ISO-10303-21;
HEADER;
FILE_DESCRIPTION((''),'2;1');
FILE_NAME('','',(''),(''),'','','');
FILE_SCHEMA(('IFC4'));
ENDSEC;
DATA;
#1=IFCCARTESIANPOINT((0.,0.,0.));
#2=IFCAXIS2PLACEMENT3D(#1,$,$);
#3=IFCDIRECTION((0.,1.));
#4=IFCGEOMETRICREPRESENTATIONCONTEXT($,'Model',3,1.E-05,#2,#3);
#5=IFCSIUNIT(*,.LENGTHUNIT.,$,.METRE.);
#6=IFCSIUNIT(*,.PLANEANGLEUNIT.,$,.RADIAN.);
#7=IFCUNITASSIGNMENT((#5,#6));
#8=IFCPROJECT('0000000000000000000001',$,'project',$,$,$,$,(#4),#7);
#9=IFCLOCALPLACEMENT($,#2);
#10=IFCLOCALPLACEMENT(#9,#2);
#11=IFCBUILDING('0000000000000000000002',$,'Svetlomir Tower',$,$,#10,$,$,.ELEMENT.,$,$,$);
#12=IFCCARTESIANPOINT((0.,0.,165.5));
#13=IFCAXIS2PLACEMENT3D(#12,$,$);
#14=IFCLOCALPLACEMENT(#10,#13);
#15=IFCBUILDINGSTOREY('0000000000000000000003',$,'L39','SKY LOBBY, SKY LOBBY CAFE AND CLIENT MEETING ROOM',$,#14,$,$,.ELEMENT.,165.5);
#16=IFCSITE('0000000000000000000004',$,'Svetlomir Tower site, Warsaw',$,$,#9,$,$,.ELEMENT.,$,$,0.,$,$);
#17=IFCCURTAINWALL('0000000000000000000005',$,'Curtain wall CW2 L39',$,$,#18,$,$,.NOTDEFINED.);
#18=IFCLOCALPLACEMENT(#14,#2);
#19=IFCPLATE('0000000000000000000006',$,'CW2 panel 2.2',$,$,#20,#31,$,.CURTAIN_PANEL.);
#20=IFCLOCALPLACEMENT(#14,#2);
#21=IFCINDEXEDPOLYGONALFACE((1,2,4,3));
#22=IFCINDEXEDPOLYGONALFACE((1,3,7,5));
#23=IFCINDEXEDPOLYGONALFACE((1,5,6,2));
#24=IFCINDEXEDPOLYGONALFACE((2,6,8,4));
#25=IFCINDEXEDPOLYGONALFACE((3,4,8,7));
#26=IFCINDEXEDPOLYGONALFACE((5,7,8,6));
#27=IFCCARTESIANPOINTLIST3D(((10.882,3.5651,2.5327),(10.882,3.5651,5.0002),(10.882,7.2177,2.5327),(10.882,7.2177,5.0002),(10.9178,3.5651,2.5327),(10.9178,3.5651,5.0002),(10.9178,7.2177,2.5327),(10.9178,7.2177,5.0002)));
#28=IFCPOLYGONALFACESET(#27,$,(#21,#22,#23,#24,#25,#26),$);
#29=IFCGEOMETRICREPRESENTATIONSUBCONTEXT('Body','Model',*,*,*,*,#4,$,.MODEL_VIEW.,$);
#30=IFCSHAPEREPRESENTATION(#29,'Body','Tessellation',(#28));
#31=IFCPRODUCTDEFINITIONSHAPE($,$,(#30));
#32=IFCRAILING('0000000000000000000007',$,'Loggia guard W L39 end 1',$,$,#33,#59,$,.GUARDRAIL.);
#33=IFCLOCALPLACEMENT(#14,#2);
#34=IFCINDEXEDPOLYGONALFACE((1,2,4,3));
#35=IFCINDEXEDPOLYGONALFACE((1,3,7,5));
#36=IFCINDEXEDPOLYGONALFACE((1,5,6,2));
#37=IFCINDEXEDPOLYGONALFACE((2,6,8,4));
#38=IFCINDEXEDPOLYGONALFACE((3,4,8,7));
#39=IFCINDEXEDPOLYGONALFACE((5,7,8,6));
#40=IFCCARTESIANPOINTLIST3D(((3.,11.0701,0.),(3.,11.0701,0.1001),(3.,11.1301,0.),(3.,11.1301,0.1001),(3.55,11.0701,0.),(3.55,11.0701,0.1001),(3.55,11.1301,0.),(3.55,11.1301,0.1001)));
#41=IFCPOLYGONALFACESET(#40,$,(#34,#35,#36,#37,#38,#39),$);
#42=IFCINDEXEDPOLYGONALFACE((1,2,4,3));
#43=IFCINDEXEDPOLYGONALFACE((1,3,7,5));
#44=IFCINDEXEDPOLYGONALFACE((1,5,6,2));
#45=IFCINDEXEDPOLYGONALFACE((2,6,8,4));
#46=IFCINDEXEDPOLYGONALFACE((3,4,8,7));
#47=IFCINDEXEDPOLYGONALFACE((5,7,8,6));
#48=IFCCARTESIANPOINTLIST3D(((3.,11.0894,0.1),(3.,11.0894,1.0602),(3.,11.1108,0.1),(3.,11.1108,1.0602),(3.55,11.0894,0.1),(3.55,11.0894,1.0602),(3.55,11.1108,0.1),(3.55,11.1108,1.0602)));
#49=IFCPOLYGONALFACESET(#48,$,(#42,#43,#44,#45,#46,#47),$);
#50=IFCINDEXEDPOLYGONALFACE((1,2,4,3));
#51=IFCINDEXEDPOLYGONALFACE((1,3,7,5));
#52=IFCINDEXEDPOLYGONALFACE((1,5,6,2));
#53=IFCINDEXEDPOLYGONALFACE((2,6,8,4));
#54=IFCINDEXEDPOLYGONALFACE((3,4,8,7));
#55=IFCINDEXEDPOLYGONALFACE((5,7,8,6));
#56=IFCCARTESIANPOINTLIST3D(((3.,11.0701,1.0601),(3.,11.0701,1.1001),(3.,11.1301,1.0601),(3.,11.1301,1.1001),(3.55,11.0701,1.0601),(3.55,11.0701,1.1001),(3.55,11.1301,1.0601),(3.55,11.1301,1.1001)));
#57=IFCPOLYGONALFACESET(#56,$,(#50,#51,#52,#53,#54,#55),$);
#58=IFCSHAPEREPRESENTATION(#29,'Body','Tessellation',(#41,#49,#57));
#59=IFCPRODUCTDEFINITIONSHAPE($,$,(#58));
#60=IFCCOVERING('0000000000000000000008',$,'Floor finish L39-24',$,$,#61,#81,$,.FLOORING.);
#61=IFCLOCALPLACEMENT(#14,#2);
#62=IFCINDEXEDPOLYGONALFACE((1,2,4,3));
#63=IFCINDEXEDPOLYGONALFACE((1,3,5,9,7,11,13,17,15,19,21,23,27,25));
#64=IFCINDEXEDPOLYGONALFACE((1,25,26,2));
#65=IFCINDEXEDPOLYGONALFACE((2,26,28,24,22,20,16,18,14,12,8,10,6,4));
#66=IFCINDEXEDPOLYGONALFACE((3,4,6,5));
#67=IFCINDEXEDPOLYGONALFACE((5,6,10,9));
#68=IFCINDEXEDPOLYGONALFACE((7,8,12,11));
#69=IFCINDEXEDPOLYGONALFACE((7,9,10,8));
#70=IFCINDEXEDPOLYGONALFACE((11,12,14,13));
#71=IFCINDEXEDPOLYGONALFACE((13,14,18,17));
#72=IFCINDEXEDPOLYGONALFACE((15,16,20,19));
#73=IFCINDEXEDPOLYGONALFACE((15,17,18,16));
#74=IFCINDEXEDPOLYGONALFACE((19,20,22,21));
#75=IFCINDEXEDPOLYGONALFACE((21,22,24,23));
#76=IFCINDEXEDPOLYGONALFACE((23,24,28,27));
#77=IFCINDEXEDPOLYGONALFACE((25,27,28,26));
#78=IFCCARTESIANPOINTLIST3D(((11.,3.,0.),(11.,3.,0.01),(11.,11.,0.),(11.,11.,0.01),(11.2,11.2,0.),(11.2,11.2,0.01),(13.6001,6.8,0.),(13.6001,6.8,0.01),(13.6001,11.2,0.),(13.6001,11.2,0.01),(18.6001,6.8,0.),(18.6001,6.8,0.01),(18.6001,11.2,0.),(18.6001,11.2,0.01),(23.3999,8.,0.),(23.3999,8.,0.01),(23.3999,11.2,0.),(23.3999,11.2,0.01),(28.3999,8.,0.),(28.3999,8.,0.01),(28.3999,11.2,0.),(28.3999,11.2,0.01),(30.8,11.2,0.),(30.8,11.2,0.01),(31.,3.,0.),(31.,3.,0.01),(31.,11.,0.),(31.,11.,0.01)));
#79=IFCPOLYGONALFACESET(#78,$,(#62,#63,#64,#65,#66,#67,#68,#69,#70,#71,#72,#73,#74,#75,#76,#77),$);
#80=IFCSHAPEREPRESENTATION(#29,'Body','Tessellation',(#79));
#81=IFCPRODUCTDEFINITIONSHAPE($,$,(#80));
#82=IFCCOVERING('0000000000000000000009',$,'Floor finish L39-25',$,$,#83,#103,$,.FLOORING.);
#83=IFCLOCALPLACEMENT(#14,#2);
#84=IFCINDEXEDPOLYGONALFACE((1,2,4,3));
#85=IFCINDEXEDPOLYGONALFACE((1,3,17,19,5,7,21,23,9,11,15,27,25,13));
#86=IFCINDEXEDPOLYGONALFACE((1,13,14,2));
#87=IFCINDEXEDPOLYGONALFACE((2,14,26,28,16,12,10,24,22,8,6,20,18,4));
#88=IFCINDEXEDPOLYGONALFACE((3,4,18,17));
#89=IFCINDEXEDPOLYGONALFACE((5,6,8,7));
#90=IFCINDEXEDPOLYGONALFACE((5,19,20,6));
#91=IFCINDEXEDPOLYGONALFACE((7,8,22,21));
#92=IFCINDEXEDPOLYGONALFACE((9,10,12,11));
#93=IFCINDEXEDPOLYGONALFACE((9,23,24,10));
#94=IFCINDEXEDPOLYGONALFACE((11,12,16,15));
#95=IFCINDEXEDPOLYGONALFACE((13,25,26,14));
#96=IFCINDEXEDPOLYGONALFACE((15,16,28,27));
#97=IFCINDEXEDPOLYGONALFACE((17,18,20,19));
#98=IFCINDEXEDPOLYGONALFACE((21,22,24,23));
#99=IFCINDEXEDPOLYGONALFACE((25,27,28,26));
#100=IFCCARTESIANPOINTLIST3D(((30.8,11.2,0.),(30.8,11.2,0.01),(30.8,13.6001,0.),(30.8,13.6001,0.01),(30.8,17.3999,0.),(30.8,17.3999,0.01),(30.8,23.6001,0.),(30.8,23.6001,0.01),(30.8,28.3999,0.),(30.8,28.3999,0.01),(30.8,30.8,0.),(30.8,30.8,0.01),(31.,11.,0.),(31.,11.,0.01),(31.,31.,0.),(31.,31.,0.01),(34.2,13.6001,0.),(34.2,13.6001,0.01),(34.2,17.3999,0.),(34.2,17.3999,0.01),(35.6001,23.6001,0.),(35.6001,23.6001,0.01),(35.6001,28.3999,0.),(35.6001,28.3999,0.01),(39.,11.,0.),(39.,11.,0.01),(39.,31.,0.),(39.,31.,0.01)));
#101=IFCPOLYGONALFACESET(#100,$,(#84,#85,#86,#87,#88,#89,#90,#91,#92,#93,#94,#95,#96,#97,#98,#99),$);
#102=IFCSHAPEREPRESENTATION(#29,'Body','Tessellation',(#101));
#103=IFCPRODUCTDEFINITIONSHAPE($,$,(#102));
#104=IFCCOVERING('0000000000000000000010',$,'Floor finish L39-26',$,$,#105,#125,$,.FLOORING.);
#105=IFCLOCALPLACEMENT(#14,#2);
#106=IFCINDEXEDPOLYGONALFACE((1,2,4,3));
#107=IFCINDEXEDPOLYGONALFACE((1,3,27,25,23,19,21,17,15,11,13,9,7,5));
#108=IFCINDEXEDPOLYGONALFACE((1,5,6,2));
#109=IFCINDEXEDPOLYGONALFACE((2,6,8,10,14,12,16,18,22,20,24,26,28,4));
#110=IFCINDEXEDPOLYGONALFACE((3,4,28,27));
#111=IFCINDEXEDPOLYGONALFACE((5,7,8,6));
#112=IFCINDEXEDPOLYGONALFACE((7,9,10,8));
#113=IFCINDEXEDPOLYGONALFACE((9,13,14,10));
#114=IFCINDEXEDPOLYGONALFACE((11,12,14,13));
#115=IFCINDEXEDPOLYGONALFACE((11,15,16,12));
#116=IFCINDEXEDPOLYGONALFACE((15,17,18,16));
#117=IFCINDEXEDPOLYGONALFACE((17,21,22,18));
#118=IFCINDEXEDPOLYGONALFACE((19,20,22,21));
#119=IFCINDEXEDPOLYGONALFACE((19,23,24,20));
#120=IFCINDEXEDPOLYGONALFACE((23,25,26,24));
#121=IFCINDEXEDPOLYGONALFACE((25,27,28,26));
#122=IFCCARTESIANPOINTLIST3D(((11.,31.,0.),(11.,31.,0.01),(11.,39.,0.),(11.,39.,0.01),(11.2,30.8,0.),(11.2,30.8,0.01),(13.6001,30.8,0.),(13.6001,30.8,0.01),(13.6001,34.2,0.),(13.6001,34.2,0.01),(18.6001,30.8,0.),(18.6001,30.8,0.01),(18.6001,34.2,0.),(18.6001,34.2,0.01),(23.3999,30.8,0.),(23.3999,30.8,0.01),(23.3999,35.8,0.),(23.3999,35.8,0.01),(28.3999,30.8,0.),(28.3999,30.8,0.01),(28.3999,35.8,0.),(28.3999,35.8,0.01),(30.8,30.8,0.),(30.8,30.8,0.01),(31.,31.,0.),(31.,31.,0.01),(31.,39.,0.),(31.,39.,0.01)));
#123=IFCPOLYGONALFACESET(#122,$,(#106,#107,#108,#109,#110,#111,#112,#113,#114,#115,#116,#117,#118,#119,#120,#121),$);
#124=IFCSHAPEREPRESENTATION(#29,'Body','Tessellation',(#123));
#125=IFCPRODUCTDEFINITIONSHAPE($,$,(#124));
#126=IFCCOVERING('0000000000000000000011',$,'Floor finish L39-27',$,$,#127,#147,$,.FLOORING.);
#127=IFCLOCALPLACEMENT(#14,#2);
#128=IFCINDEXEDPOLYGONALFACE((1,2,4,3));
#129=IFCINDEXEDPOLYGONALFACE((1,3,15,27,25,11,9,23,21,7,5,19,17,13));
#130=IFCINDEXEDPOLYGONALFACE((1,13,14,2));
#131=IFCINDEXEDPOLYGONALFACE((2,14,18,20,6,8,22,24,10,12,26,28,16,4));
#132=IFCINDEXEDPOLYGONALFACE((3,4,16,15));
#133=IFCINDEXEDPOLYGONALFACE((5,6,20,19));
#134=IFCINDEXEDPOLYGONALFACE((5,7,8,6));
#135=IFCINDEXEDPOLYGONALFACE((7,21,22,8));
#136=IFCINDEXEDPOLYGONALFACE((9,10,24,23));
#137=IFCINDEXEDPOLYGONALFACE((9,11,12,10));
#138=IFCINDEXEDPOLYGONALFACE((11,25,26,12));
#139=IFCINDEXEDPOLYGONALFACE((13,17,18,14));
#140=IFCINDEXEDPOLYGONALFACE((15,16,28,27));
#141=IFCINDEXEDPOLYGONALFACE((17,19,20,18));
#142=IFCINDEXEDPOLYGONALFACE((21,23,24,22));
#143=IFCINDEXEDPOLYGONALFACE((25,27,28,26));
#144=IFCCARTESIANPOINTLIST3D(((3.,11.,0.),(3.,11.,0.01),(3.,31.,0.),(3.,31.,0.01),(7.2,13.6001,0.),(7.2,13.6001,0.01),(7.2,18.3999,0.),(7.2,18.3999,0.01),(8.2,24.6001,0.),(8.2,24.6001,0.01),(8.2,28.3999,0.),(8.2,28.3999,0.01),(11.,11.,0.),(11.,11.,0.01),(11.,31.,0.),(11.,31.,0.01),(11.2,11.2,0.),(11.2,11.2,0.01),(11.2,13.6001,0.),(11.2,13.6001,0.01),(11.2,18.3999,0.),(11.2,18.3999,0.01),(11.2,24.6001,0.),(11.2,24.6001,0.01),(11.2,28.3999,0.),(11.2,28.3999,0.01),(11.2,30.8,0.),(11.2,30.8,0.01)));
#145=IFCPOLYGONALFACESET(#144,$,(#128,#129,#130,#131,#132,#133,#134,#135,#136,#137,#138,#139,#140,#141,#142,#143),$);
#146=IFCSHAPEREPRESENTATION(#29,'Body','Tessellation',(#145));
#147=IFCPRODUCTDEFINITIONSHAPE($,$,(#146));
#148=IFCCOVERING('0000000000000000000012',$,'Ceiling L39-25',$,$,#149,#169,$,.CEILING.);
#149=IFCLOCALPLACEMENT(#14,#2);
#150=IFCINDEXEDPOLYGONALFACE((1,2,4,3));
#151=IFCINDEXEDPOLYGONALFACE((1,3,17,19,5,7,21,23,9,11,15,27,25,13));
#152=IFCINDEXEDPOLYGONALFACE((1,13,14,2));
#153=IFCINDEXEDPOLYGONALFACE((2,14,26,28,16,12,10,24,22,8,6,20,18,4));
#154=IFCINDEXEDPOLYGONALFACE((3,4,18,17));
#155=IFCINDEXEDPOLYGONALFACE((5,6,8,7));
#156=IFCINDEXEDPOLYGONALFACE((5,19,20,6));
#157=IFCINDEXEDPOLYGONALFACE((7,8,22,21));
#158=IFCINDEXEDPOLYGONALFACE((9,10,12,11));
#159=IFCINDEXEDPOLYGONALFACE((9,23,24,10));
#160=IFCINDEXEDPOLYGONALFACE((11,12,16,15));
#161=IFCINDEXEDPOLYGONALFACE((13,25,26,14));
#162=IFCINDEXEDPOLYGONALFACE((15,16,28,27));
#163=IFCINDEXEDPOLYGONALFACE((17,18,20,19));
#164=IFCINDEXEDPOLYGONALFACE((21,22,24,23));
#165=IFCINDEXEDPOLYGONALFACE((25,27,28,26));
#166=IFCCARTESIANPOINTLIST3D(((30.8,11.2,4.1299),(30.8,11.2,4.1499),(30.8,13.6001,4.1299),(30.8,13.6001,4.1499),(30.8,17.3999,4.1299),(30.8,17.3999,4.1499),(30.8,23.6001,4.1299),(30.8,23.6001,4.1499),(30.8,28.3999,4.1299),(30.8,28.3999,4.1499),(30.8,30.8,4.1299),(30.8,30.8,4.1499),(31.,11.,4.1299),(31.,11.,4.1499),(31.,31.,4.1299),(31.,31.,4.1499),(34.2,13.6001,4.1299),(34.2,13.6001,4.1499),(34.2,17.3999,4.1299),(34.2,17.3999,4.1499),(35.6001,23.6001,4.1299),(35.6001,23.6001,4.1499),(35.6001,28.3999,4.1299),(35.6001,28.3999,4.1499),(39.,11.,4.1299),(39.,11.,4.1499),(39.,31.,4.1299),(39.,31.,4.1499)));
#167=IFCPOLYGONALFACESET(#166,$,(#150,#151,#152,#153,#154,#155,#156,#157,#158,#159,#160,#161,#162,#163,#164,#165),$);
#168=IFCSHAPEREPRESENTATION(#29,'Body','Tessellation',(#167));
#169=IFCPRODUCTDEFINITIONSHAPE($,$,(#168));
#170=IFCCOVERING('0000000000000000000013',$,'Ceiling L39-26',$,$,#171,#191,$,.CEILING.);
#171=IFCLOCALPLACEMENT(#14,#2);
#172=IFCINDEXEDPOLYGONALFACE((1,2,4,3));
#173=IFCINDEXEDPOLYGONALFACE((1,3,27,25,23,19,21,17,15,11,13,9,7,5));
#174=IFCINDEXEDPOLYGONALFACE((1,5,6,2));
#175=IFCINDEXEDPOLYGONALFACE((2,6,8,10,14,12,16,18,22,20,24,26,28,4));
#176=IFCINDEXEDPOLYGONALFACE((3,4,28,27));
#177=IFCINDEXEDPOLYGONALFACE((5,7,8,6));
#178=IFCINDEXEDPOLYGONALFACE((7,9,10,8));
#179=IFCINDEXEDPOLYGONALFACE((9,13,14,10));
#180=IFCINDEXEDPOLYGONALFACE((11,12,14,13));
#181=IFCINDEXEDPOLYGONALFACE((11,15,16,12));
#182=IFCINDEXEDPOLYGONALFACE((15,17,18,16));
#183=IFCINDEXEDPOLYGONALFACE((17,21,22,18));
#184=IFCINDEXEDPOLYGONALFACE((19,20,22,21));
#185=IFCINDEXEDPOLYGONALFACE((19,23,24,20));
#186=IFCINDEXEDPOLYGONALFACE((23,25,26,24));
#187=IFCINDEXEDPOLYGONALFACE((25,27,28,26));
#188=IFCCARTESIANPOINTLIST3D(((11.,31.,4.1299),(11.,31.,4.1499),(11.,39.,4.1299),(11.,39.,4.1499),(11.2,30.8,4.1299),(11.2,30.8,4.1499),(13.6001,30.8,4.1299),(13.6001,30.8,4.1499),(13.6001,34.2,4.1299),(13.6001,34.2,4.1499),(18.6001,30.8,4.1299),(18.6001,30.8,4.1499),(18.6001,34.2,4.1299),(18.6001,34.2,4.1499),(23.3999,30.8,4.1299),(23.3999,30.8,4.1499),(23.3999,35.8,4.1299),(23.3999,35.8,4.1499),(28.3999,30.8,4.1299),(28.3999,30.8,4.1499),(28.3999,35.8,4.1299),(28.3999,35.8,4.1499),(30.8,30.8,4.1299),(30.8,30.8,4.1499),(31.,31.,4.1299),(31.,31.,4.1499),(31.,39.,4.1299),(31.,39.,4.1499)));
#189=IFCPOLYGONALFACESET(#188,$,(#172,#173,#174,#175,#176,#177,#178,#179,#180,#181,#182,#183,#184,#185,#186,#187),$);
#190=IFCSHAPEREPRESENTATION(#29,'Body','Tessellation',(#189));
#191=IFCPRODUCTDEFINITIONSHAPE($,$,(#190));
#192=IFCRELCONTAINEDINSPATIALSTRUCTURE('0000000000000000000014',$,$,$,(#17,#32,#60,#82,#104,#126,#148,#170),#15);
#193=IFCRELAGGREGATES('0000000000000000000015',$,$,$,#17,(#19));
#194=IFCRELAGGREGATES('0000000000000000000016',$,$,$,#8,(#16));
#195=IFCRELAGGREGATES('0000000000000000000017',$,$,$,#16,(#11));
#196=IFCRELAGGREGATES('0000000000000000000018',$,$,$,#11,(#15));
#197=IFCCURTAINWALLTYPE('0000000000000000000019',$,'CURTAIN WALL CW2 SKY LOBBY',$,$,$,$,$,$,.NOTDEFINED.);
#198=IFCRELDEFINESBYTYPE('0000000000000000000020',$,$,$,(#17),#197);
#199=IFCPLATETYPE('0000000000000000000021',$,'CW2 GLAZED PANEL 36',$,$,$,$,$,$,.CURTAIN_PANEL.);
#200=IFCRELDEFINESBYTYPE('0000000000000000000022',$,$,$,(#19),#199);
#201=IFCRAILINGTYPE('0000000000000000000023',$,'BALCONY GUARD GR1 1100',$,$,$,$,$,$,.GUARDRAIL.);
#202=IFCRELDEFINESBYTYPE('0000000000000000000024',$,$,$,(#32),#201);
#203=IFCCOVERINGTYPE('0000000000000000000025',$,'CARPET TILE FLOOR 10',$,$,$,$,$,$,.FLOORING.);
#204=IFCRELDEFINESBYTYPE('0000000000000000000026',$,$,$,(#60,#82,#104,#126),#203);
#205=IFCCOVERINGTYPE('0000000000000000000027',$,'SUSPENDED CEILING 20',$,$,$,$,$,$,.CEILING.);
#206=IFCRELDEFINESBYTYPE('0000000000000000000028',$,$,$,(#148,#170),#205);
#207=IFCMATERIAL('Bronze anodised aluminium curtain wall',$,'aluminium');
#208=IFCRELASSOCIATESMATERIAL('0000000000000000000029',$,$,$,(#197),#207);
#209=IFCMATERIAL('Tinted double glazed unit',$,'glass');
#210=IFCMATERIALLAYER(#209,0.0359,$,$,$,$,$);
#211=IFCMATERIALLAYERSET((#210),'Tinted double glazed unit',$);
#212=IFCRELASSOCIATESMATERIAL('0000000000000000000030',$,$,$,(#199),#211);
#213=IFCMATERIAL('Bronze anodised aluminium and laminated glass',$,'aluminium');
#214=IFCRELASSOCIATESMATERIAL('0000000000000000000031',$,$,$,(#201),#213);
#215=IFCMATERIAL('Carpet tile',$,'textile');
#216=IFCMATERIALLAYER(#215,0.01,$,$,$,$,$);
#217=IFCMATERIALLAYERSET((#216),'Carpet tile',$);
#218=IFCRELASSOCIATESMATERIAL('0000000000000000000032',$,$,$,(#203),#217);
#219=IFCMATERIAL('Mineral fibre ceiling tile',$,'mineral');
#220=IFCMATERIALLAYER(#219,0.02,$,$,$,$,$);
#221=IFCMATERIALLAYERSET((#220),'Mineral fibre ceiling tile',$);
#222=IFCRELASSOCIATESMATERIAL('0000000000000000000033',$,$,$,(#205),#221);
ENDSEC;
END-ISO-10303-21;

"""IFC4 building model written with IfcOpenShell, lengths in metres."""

from ifc_helpers import new_model, si_unit, direction, frame, origin, origin_2d, place, context, subcontext, project, spatial, polyline, rectangle, outline, extrude, material, layer, layer_set, type_object, element, aggregate, save


model = new_model("IFC4")

# Units and contexts
model_context = context("Model", 3, precision=1e-05, world=origin(), true_north=direction((0.0, 1.0)))
body_context = subcontext(model_context, "Body", "Model", "MODEL_VIEW")
ifc_project = project(units=[si_unit("LENGTHUNIT", "METRE"), si_unit("PLANEANGLEUNIT", "RADIAN")], contexts=[model_context])

# Site, building, storey
site_placement = place(None, origin())
site = spatial("IfcSite", under=ifc_project, at=site_placement, Name="Svetlomir Tower site, Warsaw", CompositionType="ELEMENT", RefElevation=0.0)
building_placement = place(site_placement, origin())
building = spatial("IfcBuilding", under=site, at=building_placement, Name="Svetlomir Tower", CompositionType="ELEMENT")
storey_placement = place(building_placement, frame((0.0, 0.0, 165.5)))
storey = spatial("IfcBuildingStorey", under=building, at=storey_placement, Name="L39", Description="SKY LOBBY, SKY LOBBY CAFE AND CLIENT MEETING ROOM", CompositionType="ELEMENT", Elevation=165.5)

# Shared definitions
ifc_material_1 = material(Name="Bronze anodised aluminium curtain wall", Category="aluminium")
curtain_wall_type = type_object("IfcCurtainWallType", Name="CURTAIN WALL CW2 SKY LOBBY", PredefinedType="NOTDEFINED", material=ifc_material_1)

# Curtain wall
curtain_wall_1_placement = place(storey_placement, origin())
curtain_wall_1 = element("IfcCurtainWall", 1, at=curtain_wall_1_placement, inside=storey, type_object=curtain_wall_type, Name="Curtain wall CW2 L39", PredefinedType="NOTDEFINED")

# Plate
ifc_material_2 = material(Name="Tinted double glazed unit", Category="glass")
ifc_layer_1 = layer(ifc_material_2, 0.0359)
ifc_layer_set_1 = layer_set([ifc_layer_1], Name="Tinted double glazed unit")
plate_type = type_object("IfcPlateType", Name="CW2 GLAZED PANEL 36", PredefinedType="CURTAIN_PANEL", material=ifc_layer_set_1)
plate_1_placement = place(storey_placement, frame((10.8999, 5.3914, 2.5327), z_axis=(0.0, 0.0, 1.0), x_axis=(0.0, -1.0, 0.0)))
plate_1 = element("IfcPlate", 2, at=plate_1_placement, type_object=plate_type, Name="CW2 panel 2.2", PredefinedType="CURTAIN_PANEL", context=body_context, shape_type="SweptSolid", body=[
    extrude(rectangle(XDim=3.6526, YDim=0.0359, at=origin_2d()), origin(), (0.0, 0.0, 1.0), 2.4675),
])
aggregate(curtain_wall_1, [plate_1])

# Railing
ifc_material_3 = material(Name="Bronze anodised aluminium and laminated glass", Category="aluminium")
railing_type = type_object("IfcRailingType", Name="BALCONY GUARD GR1 1100", PredefinedType="GUARDRAIL", material=ifc_material_3)
railing_placement = place(storey_placement, frame((3.55, 11.1001, 0.0)))
element("IfcRailing", 3, at=railing_placement, inside=storey, type_object=railing_type, Name="Loggia guard W L39 end 1", PredefinedType="GUARDRAIL", context=body_context, shape_type="SweptSolid", body=[
    extrude(rectangle(XDim=0.0601, YDim=0.1001, at=origin_2d()), frame((0.0, 0.0, 0.05), z_axis=(-1.0, 0.0, 0.0), x_axis=(0.0, -1.0, 0.0)), (0.0, 0.0, 1.0), 0.55),
    extrude(rectangle(XDim=0.0215, YDim=0.9602, at=origin_2d()), frame((0.0, 0.0, 0.5801), z_axis=(-1.0, 0.0, 0.0), x_axis=(0.0, -1.0, 0.0)), (0.0, 0.0, 1.0), 0.55),
    extrude(rectangle(XDim=0.0601, YDim=0.04, at=origin_2d()), frame((0.0, 0.0, 1.0801), z_axis=(-1.0, 0.0, 0.0), x_axis=(0.0, -1.0, 0.0)), (0.0, 0.0, 1.0), 0.55),
])

# Coverings
ifc_material_4 = material(Name="Carpet tile", Category="textile")
ifc_layer_2 = layer(ifc_material_4, 0.01)
ifc_layer_set_2 = layer_set([ifc_layer_2], Name="Carpet tile")
covering_type_1 = type_object("IfcCoveringType", Name="CARPET TILE FLOOR 10", PredefinedType="FLOORING", material=ifc_layer_set_2)
covering_1_placement = place(storey_placement, origin())
element("IfcCovering", 4, at=covering_1_placement, inside=storey, type_object=covering_type_1, Name="Floor finish L39-24", PredefinedType="FLOORING", context=body_context, shape_type="SweptSolid", body=[
    extrude(outline(polyline([(31.0, 3.0), (11.0, 3.0), (11.0, 11.0), (11.2, 11.2), (13.6001, 11.2), (13.6001, 6.8), (18.6001, 6.8), (18.6001, 11.2), (23.3999, 11.2), (23.3999, 8.0), (28.3999, 8.0), (28.3999, 11.2), (30.8, 11.2), (31.0, 11.0), (31.0, 3.0)])), origin(), (0.0, 0.0, 1.0), 0.01),
])
covering_2_placement = place(storey_placement, origin())
element("IfcCovering", 5, at=covering_2_placement, inside=storey, type_object=covering_type_1, Name="Floor finish L39-25", PredefinedType="FLOORING", context=body_context, shape_type="SweptSolid", body=[
    extrude(outline(polyline([(30.8, 13.6001), (34.2, 13.6001), (34.2, 17.3999), (30.8, 17.3999), (30.8, 23.6001), (35.6001, 23.6001), (35.6001, 28.3999), (30.8, 28.3999), (30.8, 30.8), (31.0, 31.0), (39.0, 31.0), (39.0, 11.0), (31.0, 11.0), (30.8, 11.2), (30.8, 13.6001)])), origin(), (0.0, 0.0, 1.0), 0.01),
])
covering_3_placement = place(storey_placement, origin())
element("IfcCovering", 6, at=covering_3_placement, inside=storey, type_object=covering_type_1, Name="Floor finish L39-26", PredefinedType="FLOORING", context=body_context, shape_type="SweptSolid", body=[
    extrude(outline(polyline([(11.0, 39.0), (31.0, 39.0), (31.0, 31.0), (30.8, 30.8), (28.3999, 30.8), (28.3999, 35.8), (23.3999, 35.8), (23.3999, 30.8), (18.6001, 30.8), (18.6001, 34.2), (13.6001, 34.2), (13.6001, 30.8), (11.2, 30.8), (11.0, 31.0), (11.0, 39.0)])), origin(), (0.0, 0.0, 1.0), 0.01),
])
covering_4_placement = place(storey_placement, origin())
element("IfcCovering", 7, at=covering_4_placement, inside=storey, type_object=covering_type_1, Name="Floor finish L39-27", PredefinedType="FLOORING", context=body_context, shape_type="SweptSolid", body=[
    extrude(outline(polyline([(3.0, 11.0), (3.0, 31.0), (11.0, 31.0), (11.2, 30.8), (11.2, 28.3999), (8.2, 28.3999), (8.2, 24.6001), (11.2, 24.6001), (11.2, 18.3999), (7.2, 18.3999), (7.2, 13.6001), (11.2, 13.6001), (11.2, 11.2), (11.0, 11.0), (3.0, 11.0)])), origin(), (0.0, 0.0, 1.0), 0.01),
])
ifc_material_5 = material(Name="Mineral fibre ceiling tile", Category="mineral")
ifc_layer_3 = layer(ifc_material_5, 0.02)
ifc_layer_set_3 = layer_set([ifc_layer_3], Name="Mineral fibre ceiling tile")
covering_type_2 = type_object("IfcCoveringType", Name="SUSPENDED CEILING 20", PredefinedType="CEILING", material=ifc_layer_set_3)
covering_5_placement = place(storey_placement, frame((0.0, 0.0, 4.1299)))
element("IfcCovering", 8, at=covering_5_placement, inside=storey, type_object=covering_type_2, Name="Ceiling L39-25", PredefinedType="CEILING", context=body_context, shape_type="SweptSolid", body=[
    extrude(outline(polyline([(30.8, 13.6001), (34.2, 13.6001), (34.2, 17.3999), (30.8, 17.3999), (30.8, 23.6001), (35.6001, 23.6001), (35.6001, 28.3999), (30.8, 28.3999), (30.8, 30.8), (31.0, 31.0), (39.0, 31.0), (39.0, 11.0), (31.0, 11.0), (30.8, 11.2), (30.8, 13.6001)])), origin(), (0.0, 0.0, 1.0), 0.02),
])
covering_6_placement = place(storey_placement, frame((0.0, 0.0, 4.1299)))
element("IfcCovering", 9, at=covering_6_placement, inside=storey, type_object=covering_type_2, Name="Ceiling L39-26", PredefinedType="CEILING", context=body_context, shape_type="SweptSolid", body=[
    extrude(outline(polyline([(11.0, 39.0), (31.0, 39.0), (31.0, 31.0), (30.8, 30.8), (28.3999, 30.8), (28.3999, 35.8), (23.3999, 35.8), (23.3999, 30.8), (18.6001, 30.8), (18.6001, 34.2), (13.6001, 34.2), (13.6001, 30.8), (11.2, 30.8), (11.0, 31.0), (11.0, 39.0)])), origin(), (0.0, 0.0, 1.0), 0.02),
])

save(model, "model.ifc")
